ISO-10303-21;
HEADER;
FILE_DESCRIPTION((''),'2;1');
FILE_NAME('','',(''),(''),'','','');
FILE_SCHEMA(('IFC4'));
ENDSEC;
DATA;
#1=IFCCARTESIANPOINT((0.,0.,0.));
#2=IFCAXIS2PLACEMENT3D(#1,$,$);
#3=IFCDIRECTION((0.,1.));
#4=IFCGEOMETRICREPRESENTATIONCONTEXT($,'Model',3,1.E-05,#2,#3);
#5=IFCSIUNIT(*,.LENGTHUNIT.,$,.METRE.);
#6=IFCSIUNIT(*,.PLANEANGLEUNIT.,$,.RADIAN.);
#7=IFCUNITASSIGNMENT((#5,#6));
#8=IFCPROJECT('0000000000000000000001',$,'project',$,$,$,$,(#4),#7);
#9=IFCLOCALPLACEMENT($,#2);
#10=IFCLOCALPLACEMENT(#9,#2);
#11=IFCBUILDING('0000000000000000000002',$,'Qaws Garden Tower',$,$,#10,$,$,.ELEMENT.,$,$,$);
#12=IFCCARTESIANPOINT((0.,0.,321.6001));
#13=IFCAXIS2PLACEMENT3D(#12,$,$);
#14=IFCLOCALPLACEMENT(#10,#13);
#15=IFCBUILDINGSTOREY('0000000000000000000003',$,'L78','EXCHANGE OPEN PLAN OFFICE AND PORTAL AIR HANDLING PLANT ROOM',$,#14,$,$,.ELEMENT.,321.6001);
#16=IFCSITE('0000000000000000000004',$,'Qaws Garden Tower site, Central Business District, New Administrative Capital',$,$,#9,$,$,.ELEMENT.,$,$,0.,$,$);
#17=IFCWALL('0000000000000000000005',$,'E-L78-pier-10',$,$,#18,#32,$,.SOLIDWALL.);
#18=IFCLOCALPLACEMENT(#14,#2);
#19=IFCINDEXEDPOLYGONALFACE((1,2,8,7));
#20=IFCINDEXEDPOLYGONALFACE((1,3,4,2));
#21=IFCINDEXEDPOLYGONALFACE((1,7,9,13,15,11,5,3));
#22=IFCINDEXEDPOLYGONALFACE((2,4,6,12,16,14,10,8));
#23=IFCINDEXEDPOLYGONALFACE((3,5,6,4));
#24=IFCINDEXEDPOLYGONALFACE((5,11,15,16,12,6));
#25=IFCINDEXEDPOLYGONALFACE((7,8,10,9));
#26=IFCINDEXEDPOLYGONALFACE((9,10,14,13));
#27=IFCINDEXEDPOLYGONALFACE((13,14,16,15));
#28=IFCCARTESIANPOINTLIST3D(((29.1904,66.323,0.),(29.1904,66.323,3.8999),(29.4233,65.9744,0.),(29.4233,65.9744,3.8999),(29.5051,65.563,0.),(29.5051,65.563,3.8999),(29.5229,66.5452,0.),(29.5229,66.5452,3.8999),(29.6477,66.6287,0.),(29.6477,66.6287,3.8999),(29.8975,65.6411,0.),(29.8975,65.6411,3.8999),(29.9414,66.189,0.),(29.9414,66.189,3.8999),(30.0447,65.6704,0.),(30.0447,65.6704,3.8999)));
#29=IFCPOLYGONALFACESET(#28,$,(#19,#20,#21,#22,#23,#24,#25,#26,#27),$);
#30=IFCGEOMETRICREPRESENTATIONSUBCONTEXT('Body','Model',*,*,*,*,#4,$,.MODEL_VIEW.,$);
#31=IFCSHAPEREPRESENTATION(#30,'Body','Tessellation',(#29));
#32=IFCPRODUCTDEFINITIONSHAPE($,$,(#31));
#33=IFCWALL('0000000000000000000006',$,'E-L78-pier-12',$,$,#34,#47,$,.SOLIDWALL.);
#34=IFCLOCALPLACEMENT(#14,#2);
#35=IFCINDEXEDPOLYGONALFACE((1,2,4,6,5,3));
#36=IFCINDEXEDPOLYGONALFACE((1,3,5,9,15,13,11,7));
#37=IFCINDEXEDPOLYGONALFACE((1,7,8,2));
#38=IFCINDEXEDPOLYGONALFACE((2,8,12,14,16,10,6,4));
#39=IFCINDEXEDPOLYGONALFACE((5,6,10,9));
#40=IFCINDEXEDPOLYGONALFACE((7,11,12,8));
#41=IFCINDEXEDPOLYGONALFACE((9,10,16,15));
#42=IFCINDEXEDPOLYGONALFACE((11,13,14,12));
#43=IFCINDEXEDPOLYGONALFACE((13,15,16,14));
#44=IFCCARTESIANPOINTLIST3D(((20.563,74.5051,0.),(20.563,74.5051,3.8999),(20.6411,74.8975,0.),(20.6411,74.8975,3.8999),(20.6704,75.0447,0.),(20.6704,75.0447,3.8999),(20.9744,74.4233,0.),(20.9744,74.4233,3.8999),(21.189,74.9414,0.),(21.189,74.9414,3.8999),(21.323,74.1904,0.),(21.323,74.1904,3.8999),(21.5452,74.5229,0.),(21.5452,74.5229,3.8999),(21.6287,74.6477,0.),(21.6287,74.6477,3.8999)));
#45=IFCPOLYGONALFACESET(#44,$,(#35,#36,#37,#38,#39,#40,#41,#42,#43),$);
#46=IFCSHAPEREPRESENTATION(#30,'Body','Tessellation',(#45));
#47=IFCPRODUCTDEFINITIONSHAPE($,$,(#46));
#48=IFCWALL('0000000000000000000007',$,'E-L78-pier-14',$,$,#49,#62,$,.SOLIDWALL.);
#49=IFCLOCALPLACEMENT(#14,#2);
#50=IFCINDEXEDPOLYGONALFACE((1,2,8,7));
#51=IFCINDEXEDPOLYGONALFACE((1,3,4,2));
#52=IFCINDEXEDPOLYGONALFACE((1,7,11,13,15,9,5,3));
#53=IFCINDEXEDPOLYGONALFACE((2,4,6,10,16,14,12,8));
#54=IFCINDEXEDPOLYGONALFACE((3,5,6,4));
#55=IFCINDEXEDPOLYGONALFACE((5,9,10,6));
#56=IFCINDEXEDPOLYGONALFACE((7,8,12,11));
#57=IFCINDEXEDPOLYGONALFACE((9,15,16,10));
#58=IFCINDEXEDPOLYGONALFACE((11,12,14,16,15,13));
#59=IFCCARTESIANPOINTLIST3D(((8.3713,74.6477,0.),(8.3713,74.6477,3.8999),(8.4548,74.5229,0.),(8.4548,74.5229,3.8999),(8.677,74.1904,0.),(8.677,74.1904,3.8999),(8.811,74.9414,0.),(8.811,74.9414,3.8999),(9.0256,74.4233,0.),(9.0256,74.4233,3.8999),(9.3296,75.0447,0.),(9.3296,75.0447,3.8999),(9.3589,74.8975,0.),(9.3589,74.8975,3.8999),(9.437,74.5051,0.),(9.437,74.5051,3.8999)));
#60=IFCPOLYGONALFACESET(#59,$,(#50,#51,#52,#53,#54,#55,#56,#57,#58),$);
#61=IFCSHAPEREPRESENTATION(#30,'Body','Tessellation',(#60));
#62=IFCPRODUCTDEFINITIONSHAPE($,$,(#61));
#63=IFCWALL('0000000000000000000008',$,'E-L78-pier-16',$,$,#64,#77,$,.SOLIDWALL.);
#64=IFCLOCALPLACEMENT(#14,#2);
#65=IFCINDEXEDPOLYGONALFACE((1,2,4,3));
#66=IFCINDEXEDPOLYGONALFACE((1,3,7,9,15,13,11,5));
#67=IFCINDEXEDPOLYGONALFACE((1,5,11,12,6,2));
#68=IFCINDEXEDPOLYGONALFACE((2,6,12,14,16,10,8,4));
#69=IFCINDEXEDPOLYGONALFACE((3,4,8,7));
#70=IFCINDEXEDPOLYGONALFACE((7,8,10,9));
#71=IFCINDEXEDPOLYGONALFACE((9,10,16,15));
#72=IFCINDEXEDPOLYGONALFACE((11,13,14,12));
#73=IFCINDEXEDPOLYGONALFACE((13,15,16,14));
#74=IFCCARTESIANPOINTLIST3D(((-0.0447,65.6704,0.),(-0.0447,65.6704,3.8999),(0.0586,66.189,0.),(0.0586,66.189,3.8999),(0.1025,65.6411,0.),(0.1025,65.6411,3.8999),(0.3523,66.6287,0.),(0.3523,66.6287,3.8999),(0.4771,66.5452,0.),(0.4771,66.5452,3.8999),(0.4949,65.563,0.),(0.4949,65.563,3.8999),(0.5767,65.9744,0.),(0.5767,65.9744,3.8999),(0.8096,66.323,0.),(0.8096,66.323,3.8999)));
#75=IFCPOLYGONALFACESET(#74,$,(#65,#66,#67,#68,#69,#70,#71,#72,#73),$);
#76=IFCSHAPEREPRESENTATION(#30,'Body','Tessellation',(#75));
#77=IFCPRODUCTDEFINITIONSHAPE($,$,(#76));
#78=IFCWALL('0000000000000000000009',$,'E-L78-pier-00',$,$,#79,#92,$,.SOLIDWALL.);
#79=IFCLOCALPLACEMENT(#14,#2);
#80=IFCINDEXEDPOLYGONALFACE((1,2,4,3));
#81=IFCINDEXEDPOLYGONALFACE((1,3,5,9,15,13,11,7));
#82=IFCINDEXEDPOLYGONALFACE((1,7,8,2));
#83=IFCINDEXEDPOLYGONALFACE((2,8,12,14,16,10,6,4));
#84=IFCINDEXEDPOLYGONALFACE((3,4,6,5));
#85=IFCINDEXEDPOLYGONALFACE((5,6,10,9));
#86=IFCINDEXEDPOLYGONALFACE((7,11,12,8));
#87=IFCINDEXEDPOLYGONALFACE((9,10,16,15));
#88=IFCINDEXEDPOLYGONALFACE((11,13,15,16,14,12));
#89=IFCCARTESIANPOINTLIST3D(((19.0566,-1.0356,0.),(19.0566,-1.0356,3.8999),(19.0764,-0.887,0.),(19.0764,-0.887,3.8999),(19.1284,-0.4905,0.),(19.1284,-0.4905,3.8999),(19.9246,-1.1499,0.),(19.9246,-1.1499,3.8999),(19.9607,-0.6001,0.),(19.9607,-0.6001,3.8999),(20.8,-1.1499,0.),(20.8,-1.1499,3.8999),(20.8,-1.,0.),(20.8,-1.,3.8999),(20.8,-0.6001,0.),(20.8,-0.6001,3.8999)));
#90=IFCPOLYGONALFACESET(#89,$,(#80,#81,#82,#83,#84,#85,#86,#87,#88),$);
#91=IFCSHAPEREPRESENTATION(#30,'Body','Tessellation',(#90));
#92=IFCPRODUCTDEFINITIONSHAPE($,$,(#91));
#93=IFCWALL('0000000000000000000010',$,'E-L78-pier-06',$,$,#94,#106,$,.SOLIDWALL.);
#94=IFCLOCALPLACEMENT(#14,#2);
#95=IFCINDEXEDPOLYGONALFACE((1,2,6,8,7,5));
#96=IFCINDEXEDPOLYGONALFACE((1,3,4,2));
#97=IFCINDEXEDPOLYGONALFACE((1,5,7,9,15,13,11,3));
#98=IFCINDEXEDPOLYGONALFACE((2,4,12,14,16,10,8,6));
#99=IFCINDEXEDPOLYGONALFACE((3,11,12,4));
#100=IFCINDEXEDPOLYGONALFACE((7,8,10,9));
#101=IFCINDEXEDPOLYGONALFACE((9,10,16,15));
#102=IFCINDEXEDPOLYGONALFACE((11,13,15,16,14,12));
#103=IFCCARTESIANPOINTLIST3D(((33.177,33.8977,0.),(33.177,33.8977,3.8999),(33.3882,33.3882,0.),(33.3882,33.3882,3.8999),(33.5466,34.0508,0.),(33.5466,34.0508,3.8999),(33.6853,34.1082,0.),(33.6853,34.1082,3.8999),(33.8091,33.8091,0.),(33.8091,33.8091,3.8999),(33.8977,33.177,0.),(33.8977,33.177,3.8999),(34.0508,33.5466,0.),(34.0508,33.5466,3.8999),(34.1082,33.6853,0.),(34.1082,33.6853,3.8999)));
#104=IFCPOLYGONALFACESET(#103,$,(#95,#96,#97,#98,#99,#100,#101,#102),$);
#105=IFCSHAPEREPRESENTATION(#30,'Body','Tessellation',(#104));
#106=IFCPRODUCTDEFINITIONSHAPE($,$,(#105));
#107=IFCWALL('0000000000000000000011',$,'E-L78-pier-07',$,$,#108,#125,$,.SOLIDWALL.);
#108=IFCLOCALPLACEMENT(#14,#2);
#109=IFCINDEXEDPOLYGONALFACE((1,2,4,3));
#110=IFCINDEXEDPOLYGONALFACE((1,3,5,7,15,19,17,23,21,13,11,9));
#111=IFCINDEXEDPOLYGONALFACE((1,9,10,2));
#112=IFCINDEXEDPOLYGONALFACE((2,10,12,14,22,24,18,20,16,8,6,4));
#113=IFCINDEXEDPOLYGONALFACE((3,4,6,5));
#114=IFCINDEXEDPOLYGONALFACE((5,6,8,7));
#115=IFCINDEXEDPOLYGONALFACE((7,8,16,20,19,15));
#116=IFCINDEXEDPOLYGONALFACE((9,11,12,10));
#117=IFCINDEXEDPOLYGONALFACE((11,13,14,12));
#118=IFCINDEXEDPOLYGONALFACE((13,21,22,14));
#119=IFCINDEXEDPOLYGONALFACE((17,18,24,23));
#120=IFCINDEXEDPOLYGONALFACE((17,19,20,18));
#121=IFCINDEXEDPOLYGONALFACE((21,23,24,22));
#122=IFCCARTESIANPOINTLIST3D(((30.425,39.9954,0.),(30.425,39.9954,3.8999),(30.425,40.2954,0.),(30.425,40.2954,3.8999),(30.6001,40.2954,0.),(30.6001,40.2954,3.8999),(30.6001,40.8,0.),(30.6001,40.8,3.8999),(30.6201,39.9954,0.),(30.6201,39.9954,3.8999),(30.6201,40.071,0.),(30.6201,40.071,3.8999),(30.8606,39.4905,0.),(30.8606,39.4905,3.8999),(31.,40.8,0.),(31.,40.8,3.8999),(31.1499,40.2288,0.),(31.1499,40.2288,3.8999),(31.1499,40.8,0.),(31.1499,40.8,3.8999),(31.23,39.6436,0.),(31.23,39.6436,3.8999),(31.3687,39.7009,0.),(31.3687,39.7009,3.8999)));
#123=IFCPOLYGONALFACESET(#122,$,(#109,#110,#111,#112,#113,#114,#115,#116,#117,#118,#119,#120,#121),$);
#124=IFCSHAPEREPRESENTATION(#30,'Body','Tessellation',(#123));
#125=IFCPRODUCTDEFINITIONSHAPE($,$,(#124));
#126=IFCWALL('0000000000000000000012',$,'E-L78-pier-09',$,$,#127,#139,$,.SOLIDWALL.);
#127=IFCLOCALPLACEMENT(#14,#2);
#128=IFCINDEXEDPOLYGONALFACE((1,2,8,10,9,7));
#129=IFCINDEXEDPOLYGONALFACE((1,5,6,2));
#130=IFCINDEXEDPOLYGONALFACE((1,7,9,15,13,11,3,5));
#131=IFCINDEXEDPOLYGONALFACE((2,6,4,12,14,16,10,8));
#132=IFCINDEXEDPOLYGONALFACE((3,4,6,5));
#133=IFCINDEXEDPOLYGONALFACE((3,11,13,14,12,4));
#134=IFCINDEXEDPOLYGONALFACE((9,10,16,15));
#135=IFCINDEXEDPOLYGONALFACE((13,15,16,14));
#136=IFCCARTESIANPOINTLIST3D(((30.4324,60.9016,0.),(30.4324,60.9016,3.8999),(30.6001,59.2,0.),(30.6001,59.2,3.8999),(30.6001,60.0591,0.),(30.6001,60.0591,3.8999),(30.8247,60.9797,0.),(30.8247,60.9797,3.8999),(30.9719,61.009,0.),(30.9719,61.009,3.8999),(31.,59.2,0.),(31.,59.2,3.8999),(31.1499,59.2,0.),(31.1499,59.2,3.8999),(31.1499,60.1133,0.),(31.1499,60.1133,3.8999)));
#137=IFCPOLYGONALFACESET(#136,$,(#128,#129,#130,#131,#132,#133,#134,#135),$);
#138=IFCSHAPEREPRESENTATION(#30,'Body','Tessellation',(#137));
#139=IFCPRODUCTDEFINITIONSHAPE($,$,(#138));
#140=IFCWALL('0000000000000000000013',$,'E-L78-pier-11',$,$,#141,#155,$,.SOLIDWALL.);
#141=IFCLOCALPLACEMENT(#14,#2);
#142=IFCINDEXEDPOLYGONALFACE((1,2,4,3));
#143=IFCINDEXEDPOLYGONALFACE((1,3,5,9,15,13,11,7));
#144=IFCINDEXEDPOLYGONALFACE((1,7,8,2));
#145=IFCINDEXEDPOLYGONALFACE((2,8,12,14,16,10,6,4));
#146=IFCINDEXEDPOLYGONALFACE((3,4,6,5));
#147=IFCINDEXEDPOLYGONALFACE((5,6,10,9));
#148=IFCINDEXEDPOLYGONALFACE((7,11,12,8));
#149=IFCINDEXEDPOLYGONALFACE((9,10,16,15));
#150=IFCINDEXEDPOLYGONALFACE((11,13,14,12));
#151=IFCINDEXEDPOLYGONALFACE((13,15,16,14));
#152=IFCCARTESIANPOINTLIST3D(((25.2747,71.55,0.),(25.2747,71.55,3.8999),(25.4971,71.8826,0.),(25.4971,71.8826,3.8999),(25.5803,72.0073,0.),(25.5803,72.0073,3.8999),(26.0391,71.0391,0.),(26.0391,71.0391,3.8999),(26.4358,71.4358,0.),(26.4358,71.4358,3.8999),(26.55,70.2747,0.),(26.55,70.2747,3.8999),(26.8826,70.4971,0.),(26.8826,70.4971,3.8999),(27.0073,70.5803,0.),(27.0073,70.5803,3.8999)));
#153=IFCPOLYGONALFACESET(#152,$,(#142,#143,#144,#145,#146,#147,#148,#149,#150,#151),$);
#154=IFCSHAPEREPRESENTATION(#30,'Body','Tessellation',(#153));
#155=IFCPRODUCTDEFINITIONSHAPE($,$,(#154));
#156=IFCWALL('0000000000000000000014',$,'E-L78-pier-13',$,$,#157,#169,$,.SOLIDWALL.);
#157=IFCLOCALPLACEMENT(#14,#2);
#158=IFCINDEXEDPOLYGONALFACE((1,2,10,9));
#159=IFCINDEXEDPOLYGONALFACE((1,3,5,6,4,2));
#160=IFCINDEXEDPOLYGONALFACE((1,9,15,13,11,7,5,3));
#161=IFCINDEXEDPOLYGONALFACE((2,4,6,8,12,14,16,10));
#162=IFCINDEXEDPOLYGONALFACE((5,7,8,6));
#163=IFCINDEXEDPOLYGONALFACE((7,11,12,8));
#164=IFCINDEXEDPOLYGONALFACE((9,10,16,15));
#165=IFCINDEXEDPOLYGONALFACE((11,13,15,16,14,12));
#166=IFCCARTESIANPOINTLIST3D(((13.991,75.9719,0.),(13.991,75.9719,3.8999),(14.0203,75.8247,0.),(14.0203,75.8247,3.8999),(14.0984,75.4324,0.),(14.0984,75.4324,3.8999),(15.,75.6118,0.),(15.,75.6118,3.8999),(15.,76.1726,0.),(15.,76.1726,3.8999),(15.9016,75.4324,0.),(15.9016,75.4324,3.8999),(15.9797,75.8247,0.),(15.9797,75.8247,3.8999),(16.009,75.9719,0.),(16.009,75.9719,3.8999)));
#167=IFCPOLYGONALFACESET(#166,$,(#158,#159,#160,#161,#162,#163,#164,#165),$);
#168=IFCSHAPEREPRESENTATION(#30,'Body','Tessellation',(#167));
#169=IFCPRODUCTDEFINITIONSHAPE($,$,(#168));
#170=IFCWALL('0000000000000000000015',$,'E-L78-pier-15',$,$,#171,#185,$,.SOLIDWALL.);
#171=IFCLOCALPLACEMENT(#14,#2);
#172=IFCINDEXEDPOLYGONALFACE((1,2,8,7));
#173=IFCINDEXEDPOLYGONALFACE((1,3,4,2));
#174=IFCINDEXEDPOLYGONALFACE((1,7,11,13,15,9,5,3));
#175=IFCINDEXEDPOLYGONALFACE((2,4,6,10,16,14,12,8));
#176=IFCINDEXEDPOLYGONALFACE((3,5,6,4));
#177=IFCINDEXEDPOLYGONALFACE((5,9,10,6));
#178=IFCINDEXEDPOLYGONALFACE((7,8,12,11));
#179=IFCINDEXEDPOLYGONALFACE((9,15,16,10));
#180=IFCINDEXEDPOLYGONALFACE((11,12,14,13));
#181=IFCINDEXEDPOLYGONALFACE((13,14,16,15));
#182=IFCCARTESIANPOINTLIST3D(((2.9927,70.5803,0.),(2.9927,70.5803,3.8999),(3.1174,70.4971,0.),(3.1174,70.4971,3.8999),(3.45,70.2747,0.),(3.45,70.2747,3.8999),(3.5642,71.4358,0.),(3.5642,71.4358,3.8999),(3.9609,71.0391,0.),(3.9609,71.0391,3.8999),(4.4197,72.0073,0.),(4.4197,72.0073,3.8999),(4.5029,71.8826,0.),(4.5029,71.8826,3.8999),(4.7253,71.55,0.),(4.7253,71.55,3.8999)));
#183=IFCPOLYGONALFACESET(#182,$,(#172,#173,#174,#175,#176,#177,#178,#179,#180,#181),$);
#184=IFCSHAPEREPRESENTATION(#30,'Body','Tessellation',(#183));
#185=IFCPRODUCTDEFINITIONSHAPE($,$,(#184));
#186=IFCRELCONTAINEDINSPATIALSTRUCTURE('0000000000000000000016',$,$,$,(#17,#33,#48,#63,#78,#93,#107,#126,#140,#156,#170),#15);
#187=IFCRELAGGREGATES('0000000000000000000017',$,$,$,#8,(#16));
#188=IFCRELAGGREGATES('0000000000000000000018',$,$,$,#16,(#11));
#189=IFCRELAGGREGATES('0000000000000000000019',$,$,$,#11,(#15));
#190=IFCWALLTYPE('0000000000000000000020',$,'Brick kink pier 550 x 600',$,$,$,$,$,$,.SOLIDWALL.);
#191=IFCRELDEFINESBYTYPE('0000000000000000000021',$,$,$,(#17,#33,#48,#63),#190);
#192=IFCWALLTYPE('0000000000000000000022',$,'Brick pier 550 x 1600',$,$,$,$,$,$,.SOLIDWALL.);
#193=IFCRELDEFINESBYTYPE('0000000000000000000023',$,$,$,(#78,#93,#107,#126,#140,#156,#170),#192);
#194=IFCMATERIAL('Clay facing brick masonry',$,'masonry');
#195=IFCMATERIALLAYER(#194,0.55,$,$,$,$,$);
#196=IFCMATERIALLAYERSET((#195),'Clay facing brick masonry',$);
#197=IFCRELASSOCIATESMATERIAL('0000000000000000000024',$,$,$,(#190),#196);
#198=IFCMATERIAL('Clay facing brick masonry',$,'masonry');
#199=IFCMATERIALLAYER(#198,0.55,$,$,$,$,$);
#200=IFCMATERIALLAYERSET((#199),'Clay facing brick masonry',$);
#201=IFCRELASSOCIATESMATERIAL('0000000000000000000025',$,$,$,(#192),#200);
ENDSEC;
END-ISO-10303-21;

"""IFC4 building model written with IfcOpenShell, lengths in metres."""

from ifc_helpers import new_model, si_unit, direction, frame, origin, place, context, subcontext, project, spatial, polyline, outline, extrude, material, layer, layer_set, type_object, element, save


model = new_model("IFC4")

# Units and contexts
model_context = context("Model", 3, precision=1e-05, world=origin(), true_north=direction((0.0, 1.0)))
body_context = subcontext(model_context, "Body", "Model", "MODEL_VIEW")
ifc_project = project(units=[si_unit("LENGTHUNIT", "METRE"), si_unit("PLANEANGLEUNIT", "RADIAN")], contexts=[model_context])

# Site, building, storey
site_placement = place(None, origin())
site = spatial("IfcSite", under=ifc_project, at=site_placement, Name="Qaws Garden Tower site, Central Business District, New Administrative Capital", CompositionType="ELEMENT", RefElevation=0.0)
building_placement = place(site_placement, origin())
building = spatial("IfcBuilding", under=site, at=building_placement, Name="Qaws Garden Tower", CompositionType="ELEMENT")
storey_placement = place(building_placement, frame((0.0, 0.0, 321.6001)))
storey = spatial("IfcBuildingStorey", under=building, at=storey_placement, Name="L78", Description="EXCHANGE OPEN PLAN OFFICE AND PORTAL AIR HANDLING PLANT ROOM", CompositionType="ELEMENT", Elevation=321.6001)

# Walls
placement_1 = place(storey_placement, origin())
ifc_material_1 = material(Name="Clay facing brick masonry", Category="masonry")
ifc_layer_1 = layer(ifc_material_1, 0.55)
ifc_layer_set_1 = layer_set([ifc_layer_1], Name="Clay facing brick masonry")
wall_type_1 = type_object("IfcWallType", Name="Brick kink pier 550 x 600", PredefinedType="SOLIDWALL", material=ifc_layer_set_1)
element("IfcWall", 1, at=placement_1, inside=storey, type_object=wall_type_1, Name="E-L78-pier-10", PredefinedType="SOLIDWALL", context=body_context, shape_type="SweptSolid", body=[
    extrude(outline(polyline([(29.8975, 65.6411), (30.0447, 65.6704), (29.9414, 66.189), (29.6477, 66.6287), (29.5229, 66.5452), (29.1904, 66.323), (29.4233, 65.9744), (29.5051, 65.563), (29.8975, 65.6411)])), origin(), (0.0, 0.0, 1.0), 3.8999),
])
element("IfcWall", 2, at=placement_1, inside=storey, type_object=wall_type_1, Name="E-L78-pier-12", PredefinedType="SOLIDWALL", context=body_context, shape_type="SweptSolid", body=[
    extrude(outline(polyline([(21.5452, 74.5229), (21.6287, 74.6477), (21.189, 74.9414), (20.6704, 75.0447), (20.6411, 74.8975), (20.563, 74.5051), (20.9744, 74.4233), (21.323, 74.1904), (21.5452, 74.5229)])), origin(), (0.0, 0.0, 1.0), 3.8999),
])
element("IfcWall", 3, at=placement_1, inside=storey, type_object=wall_type_1, Name="E-L78-pier-14", PredefinedType="SOLIDWALL", context=body_context, shape_type="SweptSolid", body=[
    extrude(outline(polyline([(9.3589, 74.8975), (9.3296, 75.0447), (8.811, 74.9414), (8.3713, 74.6477), (8.4548, 74.5229), (8.677, 74.1904), (9.0256, 74.4233), (9.437, 74.5051), (9.3589, 74.8975)])), origin(), (0.0, 0.0, 1.0), 3.8999),
])
element("IfcWall", 4, at=placement_1, inside=storey, type_object=wall_type_1, Name="E-L78-pier-16", PredefinedType="SOLIDWALL", context=body_context, shape_type="SweptSolid", body=[
    extrude(outline(polyline([(0.4771, 66.5452), (0.3523, 66.6287), (0.0586, 66.189), (-0.0447, 65.6704), (0.1025, 65.6411), (0.4949, 65.563), (0.5767, 65.9744), (0.8096, 66.323), (0.4771, 66.5452)])), origin(), (0.0, 0.0, 1.0), 3.8999),
])
ifc_material_2 = material(Name="Clay facing brick masonry", Category="masonry")
ifc_layer_2 = layer(ifc_material_2, 0.55)
ifc_layer_set_2 = layer_set([ifc_layer_2], Name="Clay facing brick masonry")
wall_type_2 = type_object("IfcWallType", Name="Brick pier 550 x 1600", PredefinedType="SOLIDWALL", material=ifc_layer_set_2)
element("IfcWall", 5, at=placement_1, inside=storey, type_object=wall_type_2, Name="E-L78-pier-00", PredefinedType="SOLIDWALL", context=body_context, shape_type="SweptSolid", body=[
    extrude(outline(polyline([(19.0764, -0.887), (19.0566, -1.0356), (19.9246, -1.1499), (20.8, -1.1499), (20.8, -1.0), (20.8, -0.6001), (19.9607, -0.6001), (19.1284, -0.4905), (19.0764, -0.887)])), origin(), (0.0, 0.0, 1.0), 3.8999),
])
element("IfcWall", 6, at=placement_1, inside=storey, type_object=wall_type_2, Name="E-L78-pier-06", PredefinedType="SOLIDWALL", context=body_context, shape_type="SweptSolid", body=[
    extrude(outline(polyline([(34.0508, 33.5466), (34.1082, 33.6853), (33.8091, 33.8091), (33.6853, 34.1082), (33.5466, 34.0508), (33.177, 33.8977), (33.3882, 33.3882), (33.8977, 33.177), (34.0508, 33.5466)])), origin(), (0.0, 0.0, 1.0), 3.8999),
])
element("IfcWall", 7, at=placement_1, inside=storey, type_object=wall_type_2, Name="E-L78-pier-07", PredefinedType="SOLIDWALL", context=body_context, shape_type="SweptSolid", body=[
    extrude(outline(polyline([(30.6201, 39.9954), (30.6201, 40.071), (30.8606, 39.4905), (31.23, 39.6436), (31.3687, 39.7009), (31.1499, 40.2288), (31.1499, 40.8), (31.0, 40.8), (30.6001, 40.8), (30.6001, 40.2954), (30.425, 40.2954), (30.425, 39.9954), (30.6201, 39.9954)])), origin(), (0.0, 0.0, 1.0), 3.8999),
])
element("IfcWall", 8, at=placement_1, inside=storey, type_object=wall_type_2, Name="E-L78-pier-09", PredefinedType="SOLIDWALL", context=body_context, shape_type="SweptSolid", body=[
    extrude(outline(polyline([(31.0, 59.2), (31.1499, 59.2), (31.1499, 60.1133), (30.9719, 61.009), (30.8247, 60.9797), (30.4324, 60.9016), (30.6001, 60.0591), (30.6001, 59.2), (31.0, 59.2)])), origin(), (0.0, 0.0, 1.0), 3.8999),
])
element("IfcWall", 9, at=placement_1, inside=storey, type_object=wall_type_2, Name="E-L78-pier-11", PredefinedType="SOLIDWALL", context=body_context, shape_type="SweptSolid", body=[
    extrude(outline(polyline([(26.8826, 70.4971), (27.0073, 70.5803), (26.4358, 71.4358), (25.5803, 72.0073), (25.4971, 71.8826), (25.2747, 71.55), (26.0391, 71.0391), (26.55, 70.2747), (26.8826, 70.4971)])), origin(), (0.0, 0.0, 1.0), 3.8999),
])
element("IfcWall", 10, at=placement_1, inside=storey, type_object=wall_type_2, Name="E-L78-pier-13", PredefinedType="SOLIDWALL", context=body_context, shape_type="SweptSolid", body=[
    extrude(outline(polyline([(15.9797, 75.8247), (16.009, 75.9719), (15.0, 76.1726), (13.991, 75.9719), (14.0203, 75.8247), (14.0984, 75.4324), (15.0, 75.6118), (15.9016, 75.4324), (15.9797, 75.8247)])), origin(), (0.0, 0.0, 1.0), 3.8999),
])
element("IfcWall", 11, at=placement_1, inside=storey, type_object=wall_type_2, Name="E-L78-pier-15", PredefinedType="SOLIDWALL", context=body_context, shape_type="SweptSolid", body=[
    extrude(outline(polyline([(4.5029, 71.8826), (4.4197, 72.0073), (3.5642, 71.4358), (2.9927, 70.5803), (3.1174, 70.4971), (3.45, 70.2747), (3.9609, 71.0391), (4.7253, 71.55), (4.5029, 71.8826)])), origin(), (0.0, 0.0, 1.0), 3.8999),
])

save(model, "model.ifc")
